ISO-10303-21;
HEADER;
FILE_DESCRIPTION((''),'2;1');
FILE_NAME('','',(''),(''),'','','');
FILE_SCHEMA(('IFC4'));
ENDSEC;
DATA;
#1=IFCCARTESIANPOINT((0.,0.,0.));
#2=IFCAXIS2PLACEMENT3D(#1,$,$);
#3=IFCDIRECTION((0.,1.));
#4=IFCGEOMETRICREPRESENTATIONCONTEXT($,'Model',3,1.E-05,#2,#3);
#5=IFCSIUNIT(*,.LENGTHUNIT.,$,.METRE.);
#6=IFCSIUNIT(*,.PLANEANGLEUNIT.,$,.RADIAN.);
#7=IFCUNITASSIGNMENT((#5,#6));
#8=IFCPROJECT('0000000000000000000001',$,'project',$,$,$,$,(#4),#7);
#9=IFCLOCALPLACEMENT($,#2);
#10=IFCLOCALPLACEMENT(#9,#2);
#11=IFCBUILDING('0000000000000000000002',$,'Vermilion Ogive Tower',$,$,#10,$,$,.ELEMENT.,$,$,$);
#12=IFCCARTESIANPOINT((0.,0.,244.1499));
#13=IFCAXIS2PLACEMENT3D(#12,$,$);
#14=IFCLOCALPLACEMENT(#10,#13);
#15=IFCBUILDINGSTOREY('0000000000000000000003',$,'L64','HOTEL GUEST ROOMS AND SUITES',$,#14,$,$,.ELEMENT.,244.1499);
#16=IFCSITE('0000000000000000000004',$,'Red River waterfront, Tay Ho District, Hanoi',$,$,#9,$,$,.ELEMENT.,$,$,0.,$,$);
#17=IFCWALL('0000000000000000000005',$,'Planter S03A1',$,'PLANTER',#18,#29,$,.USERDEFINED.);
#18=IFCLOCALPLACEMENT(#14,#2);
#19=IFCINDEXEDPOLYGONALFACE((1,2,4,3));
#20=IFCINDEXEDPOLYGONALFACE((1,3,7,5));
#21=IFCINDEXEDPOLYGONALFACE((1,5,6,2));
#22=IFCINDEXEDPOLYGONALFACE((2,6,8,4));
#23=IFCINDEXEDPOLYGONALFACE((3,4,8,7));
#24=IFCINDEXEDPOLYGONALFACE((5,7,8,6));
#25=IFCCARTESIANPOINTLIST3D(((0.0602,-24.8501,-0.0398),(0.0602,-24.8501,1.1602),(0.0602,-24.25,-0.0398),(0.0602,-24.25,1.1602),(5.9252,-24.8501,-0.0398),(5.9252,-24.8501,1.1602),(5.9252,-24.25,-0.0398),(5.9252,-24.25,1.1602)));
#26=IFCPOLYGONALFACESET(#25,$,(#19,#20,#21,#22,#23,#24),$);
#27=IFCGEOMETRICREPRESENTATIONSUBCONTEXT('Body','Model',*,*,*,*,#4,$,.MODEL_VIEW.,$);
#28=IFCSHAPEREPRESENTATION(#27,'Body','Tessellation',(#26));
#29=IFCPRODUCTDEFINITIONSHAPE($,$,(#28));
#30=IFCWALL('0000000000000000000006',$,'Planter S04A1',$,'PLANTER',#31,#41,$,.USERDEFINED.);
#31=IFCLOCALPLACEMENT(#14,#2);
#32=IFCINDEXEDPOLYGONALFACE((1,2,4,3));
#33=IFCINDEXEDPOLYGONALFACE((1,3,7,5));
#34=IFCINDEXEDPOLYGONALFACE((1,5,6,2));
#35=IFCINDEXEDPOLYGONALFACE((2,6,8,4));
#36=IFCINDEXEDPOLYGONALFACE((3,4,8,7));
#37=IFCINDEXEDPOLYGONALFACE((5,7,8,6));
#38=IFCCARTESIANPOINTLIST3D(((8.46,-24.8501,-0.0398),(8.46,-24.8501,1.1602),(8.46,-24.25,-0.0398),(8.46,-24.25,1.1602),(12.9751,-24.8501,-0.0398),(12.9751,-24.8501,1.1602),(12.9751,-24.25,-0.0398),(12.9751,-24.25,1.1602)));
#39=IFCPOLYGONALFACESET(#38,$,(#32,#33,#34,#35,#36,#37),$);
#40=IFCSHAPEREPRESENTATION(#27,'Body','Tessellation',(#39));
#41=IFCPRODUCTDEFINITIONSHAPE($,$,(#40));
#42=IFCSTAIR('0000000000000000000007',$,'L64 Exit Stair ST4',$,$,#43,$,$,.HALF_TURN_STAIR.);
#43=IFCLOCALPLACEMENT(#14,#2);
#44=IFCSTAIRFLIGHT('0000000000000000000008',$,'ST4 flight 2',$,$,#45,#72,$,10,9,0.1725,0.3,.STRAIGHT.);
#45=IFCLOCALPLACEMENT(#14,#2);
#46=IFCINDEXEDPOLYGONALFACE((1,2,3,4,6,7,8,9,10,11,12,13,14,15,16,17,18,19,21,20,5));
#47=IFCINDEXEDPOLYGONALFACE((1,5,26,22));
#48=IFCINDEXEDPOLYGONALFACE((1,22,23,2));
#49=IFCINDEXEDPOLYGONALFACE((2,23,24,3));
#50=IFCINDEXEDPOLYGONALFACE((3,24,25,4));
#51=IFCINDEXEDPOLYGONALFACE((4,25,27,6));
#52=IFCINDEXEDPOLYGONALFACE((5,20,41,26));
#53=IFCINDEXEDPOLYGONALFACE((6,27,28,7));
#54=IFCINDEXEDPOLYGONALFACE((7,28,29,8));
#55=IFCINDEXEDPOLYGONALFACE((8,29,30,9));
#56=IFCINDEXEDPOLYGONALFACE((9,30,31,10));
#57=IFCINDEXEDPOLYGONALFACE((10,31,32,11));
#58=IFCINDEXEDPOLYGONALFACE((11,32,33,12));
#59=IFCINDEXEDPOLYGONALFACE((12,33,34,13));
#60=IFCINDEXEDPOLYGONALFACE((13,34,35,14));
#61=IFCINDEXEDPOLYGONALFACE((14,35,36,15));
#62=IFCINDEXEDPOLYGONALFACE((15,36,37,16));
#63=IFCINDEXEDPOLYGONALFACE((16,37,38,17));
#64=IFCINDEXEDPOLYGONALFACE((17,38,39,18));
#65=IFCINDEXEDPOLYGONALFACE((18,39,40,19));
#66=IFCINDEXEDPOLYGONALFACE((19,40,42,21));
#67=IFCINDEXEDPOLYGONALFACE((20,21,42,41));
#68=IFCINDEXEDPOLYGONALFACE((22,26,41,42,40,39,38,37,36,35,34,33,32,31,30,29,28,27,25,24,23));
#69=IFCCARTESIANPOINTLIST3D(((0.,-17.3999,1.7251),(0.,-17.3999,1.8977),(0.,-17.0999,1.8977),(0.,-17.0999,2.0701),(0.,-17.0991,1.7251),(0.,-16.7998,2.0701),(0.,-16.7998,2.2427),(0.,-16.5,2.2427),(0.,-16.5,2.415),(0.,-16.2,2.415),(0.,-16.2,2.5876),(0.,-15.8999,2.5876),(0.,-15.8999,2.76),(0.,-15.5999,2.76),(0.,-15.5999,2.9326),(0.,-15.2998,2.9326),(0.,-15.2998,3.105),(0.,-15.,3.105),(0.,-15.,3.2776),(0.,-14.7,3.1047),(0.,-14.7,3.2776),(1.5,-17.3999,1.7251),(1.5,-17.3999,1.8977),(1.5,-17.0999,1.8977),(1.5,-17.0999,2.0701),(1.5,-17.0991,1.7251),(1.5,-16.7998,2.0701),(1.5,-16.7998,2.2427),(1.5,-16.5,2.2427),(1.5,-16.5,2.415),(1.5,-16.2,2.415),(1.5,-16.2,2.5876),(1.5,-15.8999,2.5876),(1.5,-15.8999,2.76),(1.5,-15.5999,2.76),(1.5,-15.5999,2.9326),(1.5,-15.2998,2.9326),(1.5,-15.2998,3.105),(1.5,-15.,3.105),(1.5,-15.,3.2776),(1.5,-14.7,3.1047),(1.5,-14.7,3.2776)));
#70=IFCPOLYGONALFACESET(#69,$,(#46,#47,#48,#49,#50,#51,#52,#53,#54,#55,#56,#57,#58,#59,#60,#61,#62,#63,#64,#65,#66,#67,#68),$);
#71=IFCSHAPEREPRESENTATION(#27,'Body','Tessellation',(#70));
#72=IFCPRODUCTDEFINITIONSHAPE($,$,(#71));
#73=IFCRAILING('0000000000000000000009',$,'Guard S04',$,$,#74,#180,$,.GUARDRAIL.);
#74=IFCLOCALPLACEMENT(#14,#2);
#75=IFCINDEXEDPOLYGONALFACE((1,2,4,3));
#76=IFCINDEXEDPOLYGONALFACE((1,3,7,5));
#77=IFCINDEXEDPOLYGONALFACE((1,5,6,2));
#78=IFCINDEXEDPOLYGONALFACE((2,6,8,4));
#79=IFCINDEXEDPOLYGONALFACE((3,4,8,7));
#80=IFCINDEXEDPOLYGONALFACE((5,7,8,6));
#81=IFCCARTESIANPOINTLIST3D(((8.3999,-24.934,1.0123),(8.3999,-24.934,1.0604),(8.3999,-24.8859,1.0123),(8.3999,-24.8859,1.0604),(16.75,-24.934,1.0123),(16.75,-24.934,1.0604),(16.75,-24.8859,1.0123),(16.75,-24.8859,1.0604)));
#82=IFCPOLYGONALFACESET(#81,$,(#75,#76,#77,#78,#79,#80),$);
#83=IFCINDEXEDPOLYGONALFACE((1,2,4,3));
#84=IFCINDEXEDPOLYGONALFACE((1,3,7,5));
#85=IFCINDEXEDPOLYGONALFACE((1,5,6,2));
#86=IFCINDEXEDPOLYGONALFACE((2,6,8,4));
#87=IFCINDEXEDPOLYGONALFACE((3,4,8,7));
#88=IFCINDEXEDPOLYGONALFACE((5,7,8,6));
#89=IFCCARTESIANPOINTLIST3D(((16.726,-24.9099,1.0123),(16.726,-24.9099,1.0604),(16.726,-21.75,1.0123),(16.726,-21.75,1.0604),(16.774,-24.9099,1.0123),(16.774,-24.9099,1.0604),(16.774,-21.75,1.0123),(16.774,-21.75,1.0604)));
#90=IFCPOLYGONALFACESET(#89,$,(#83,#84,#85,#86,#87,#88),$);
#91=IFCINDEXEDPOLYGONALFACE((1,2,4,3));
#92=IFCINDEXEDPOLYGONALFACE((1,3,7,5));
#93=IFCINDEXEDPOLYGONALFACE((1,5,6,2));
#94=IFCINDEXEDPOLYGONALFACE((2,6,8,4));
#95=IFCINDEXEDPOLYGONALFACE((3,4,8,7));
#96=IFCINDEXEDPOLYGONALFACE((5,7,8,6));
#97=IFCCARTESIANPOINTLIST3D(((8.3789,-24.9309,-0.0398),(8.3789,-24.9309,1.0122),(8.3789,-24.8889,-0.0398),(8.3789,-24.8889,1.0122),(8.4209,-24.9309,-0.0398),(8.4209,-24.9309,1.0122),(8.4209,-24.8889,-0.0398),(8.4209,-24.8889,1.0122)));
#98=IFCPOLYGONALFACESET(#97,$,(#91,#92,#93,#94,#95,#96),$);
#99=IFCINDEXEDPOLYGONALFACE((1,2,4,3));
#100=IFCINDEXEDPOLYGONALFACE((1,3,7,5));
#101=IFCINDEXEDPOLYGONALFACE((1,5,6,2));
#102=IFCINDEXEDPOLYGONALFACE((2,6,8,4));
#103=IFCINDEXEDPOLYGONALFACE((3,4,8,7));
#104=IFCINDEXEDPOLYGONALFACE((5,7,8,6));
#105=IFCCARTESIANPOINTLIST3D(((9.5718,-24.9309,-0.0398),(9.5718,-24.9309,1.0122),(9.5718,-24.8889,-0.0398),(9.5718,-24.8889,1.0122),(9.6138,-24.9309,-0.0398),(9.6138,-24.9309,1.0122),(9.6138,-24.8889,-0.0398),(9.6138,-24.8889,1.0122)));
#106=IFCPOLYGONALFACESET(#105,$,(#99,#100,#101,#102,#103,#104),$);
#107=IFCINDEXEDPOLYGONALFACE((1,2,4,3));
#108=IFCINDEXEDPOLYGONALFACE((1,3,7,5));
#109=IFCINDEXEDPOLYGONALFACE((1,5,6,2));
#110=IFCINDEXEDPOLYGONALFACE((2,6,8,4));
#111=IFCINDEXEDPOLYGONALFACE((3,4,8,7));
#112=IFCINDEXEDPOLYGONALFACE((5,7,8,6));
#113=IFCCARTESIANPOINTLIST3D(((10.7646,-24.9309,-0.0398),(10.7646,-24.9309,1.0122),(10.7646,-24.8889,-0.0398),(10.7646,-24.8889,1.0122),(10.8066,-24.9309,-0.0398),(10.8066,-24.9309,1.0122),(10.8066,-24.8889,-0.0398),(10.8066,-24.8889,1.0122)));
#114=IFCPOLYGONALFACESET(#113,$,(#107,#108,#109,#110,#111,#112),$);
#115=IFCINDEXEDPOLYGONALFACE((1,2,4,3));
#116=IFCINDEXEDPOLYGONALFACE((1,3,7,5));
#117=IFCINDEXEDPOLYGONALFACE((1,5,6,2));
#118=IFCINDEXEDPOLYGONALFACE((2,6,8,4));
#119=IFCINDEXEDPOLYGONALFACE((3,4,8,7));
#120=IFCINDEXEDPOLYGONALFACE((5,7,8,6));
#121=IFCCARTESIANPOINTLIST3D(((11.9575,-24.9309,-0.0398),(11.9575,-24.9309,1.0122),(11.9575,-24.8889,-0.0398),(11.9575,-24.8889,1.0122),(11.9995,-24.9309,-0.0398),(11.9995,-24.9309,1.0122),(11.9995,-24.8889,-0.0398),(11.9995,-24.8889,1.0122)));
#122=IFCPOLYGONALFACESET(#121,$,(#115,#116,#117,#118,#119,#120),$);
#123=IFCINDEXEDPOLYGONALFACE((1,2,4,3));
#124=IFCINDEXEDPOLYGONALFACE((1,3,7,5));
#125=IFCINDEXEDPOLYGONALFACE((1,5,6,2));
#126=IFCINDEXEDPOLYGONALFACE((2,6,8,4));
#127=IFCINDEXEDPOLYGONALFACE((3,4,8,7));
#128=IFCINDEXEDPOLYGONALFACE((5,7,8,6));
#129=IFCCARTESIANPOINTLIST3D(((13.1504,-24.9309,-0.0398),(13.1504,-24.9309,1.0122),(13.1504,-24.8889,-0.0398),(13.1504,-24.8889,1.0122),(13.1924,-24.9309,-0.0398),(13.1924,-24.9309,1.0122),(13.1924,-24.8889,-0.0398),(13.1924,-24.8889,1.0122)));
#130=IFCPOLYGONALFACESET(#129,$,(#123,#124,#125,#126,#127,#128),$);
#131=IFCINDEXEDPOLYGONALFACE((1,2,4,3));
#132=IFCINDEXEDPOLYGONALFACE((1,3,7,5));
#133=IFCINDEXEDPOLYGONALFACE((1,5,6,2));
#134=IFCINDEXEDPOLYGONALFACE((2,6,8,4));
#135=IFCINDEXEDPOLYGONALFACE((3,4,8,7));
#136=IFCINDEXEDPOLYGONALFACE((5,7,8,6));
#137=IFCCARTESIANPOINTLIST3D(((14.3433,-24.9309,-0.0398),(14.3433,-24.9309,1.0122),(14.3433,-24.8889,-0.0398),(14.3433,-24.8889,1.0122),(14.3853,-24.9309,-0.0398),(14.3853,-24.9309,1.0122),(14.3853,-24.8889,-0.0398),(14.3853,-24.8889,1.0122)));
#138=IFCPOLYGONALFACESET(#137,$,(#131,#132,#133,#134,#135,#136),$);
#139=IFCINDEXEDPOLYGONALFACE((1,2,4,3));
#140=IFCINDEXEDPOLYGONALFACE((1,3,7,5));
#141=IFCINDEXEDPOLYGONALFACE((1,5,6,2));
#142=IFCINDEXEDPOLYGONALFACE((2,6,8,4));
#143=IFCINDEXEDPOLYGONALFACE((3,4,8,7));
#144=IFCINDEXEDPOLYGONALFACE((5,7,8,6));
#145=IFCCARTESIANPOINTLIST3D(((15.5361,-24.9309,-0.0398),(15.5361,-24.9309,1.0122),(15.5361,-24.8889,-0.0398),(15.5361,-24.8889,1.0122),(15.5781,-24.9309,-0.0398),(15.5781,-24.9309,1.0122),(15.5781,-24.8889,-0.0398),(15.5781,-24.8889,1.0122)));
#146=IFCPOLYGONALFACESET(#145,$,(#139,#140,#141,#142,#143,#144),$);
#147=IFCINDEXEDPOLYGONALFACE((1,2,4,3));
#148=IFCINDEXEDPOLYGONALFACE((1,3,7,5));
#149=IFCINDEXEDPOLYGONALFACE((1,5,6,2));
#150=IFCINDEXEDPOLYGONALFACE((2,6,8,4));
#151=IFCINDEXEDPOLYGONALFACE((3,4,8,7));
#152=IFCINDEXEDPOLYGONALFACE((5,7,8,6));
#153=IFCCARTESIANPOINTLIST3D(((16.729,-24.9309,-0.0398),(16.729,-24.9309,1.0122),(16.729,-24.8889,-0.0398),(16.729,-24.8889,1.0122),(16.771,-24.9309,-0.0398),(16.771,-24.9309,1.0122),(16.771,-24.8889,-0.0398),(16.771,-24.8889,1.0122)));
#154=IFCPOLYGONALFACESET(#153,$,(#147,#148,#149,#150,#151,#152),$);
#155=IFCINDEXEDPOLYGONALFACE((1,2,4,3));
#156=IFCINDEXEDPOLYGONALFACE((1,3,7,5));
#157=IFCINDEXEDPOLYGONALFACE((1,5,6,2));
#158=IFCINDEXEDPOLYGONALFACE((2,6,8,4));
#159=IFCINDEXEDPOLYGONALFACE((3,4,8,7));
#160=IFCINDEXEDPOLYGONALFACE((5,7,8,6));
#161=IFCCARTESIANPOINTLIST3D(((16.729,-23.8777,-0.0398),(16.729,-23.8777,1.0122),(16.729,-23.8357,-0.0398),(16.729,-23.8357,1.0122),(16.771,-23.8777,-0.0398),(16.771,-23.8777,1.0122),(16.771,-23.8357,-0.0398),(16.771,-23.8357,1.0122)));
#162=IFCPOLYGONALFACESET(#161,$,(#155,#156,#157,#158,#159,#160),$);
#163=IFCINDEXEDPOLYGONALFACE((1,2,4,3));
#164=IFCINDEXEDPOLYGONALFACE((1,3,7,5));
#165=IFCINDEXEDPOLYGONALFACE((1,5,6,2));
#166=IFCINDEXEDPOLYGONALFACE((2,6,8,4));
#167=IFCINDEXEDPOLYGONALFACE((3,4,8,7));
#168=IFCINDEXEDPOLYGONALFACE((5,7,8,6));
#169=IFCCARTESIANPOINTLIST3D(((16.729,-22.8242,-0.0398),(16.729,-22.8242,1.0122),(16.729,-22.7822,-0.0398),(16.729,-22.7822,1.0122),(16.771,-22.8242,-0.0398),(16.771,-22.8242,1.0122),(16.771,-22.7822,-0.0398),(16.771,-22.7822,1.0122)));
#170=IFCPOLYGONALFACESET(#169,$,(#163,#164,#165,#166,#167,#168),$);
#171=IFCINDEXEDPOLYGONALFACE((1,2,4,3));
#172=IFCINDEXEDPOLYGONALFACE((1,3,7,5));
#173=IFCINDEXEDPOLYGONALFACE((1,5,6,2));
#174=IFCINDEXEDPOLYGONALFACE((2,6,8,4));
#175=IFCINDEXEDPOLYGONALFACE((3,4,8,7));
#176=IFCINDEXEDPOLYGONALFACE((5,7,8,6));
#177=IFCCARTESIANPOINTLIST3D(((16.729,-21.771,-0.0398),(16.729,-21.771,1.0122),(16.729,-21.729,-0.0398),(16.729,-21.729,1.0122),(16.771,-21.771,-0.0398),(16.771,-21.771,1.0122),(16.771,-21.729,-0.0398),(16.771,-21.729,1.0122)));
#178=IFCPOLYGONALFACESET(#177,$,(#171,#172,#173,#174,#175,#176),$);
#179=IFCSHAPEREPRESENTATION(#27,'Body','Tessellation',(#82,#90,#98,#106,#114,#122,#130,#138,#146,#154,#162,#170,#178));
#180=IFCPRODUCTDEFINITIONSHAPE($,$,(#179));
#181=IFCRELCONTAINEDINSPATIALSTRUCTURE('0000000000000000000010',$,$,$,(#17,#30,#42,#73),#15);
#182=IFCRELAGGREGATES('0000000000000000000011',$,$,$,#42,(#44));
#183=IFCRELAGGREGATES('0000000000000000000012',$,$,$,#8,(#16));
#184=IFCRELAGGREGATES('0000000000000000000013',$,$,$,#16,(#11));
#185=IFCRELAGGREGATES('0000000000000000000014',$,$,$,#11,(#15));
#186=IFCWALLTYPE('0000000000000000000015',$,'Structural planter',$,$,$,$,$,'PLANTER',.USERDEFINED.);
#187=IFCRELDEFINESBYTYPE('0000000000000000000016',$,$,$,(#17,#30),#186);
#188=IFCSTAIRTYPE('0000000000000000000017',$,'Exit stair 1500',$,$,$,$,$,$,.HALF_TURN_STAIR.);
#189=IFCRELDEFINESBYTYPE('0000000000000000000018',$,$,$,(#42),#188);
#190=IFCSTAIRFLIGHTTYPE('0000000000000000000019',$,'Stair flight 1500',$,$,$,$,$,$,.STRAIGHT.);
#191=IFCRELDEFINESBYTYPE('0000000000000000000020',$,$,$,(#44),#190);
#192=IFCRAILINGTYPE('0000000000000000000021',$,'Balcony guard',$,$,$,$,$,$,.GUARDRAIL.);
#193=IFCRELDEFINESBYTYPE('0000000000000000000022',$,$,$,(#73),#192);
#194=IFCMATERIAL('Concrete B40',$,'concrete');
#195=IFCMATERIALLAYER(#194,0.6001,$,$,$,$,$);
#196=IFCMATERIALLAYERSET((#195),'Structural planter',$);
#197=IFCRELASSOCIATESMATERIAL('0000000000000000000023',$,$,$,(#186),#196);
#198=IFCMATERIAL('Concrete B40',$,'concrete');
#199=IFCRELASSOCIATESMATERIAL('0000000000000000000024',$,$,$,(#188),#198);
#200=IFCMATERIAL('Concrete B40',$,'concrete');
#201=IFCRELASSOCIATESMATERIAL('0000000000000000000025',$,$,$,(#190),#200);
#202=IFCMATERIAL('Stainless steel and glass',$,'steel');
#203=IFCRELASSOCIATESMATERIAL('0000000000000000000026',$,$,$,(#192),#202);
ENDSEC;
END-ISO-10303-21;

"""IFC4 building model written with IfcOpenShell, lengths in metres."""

from ifc_helpers import new_model, si_unit, direction, frame, frame_2d, origin, origin_2d, place, context, subcontext, project, spatial, polyline, rectangle, outline, extrude, material, layer, layer_set, type_object, element, aggregate, save


model = new_model("IFC4")

# Units and contexts
model_context = context("Model", 3, precision=1e-05, world=origin(), true_north=direction((0.0, 1.0)))
body_context = subcontext(model_context, "Body", "Model", "MODEL_VIEW")
ifc_project = project(units=[si_unit("LENGTHUNIT", "METRE"), si_unit("PLANEANGLEUNIT", "RADIAN")], contexts=[model_context])

# Site, building, storey
site_placement = place(None, origin())
site = spatial("IfcSite", under=ifc_project, at=site_placement, Name="Red River waterfront, Tay Ho District, Hanoi", CompositionType="ELEMENT", RefElevation=0.0)
building_placement = place(site_placement, origin())
building = spatial("IfcBuilding", under=site, at=building_placement, Name="Vermilion Ogive Tower", CompositionType="ELEMENT")
storey_placement = place(building_placement, frame((0.0, 0.0, 244.1499)))
storey = spatial("IfcBuildingStorey", under=building, at=storey_placement, Name="L64", Description="HOTEL GUEST ROOMS AND SUITES", CompositionType="ELEMENT", Elevation=244.1499)

# Walls
ifc_material_1 = material(Name="Concrete B40", Category="concrete")
ifc_layer_1 = layer(ifc_material_1, 0.6001)
ifc_layer_set_1 = layer_set([ifc_layer_1], Name="Structural planter")
wall_type_1 = type_object("IfcWallType", Name="Structural planter", ElementType="PLANTER", PredefinedType="USERDEFINED", material=ifc_layer_set_1)
wall_1_placement = place(storey_placement, frame((0.0601, -24.55, -0.0398), z_axis=(0.0, 0.0, 1.0), x_axis=(1.0, 0.0, 0.0)))
element("IfcWall", 1, at=wall_1_placement, inside=storey, type_object=wall_type_1, Name="Planter S03A1", ObjectType="PLANTER", PredefinedType="USERDEFINED", context=body_context, shape_type="SweptSolid", body=[
    extrude(rectangle(XDim=5.865, YDim=0.6001, at=frame_2d((2.9326, 0.0))), origin(), (0.0, 0.0, 1.0), 1.2),
])
wall_2_placement = place(storey_placement, frame((8.46, -24.55, -0.0398), z_axis=(0.0, 0.0, 1.0), x_axis=(1.0, 0.0, 0.0)))
element("IfcWall", 2, at=wall_2_placement, inside=storey, type_object=wall_type_1, Name="Planter S04A1", ObjectType="PLANTER", PredefinedType="USERDEFINED", context=body_context, shape_type="SweptSolid", body=[
    extrude(rectangle(XDim=4.5151, YDim=0.6001, at=frame_2d((2.2576, 0.0))), origin(), (0.0, 0.0, 1.0), 1.2),
])

# Stair, stair flight
ifc_material_2 = material(Name="Concrete B40", Category="concrete")
stair_type = type_object("IfcStairType", Name="Exit stair 1500", PredefinedType="HALF_TURN_STAIR", material=ifc_material_2)
stair_placement = place(storey_placement, origin())
stair = element("IfcStair", 3, at=stair_placement, inside=storey, type_object=stair_type, Name="L64 Exit Stair ST4", PredefinedType="HALF_TURN_STAIR")
ifc_material_3 = material(Name="Concrete B40", Category="concrete")
stair_flight_type = type_object("IfcStairFlightType", Name="Stair flight 1500", PredefinedType="STRAIGHT", material=ifc_material_3)
stair_flight_placement = place(storey_placement, frame((0.75, -17.3999, 1.7251), z_axis=(0.0, 0.0, 1.0), x_axis=(0.0, 1.0, 0.0)))
stair_flight = element("IfcStairFlight", 4, at=stair_flight_placement, type_object=stair_flight_type, Name="ST4 flight 2", NumberOfRisers=10, NumberOfTreads=9, PredefinedType="STRAIGHT", RiserHeight=0.1725, TreadLength=0.3, context=body_context, shape_type="SweptSolid", body=[
    extrude(outline(polyline([(0.0, 0.0), (0.0, 0.1726), (0.3, 0.1726), (0.3, 0.345), (0.6001, 0.345), (0.6001, 0.5176), (0.8999, 0.5176), (0.8999, 0.6899), (1.2, 0.6899), (1.2, 0.8625), (1.5, 0.8625), (1.5, 1.0349), (1.8, 1.0349), (1.8, 1.2075), (2.1001, 1.2075), (2.1001, 1.3799), (2.3999, 1.3799), (2.3999, 1.5525), (2.7, 1.5525), (2.7, 1.7251), (2.7, 1.3796), (0.3008, 0.0), (0.0, 0.0)])), frame((0.0, 0.75, 0.0), z_axis=(0.0, -1.0, 0.0), x_axis=(1.0, 0.0, 0.0)), (0.0, 0.0, 1.0), 1.5),
])
aggregate(stair, [stair_flight])

# Railing
ifc_material_4 = material(Name="Stainless steel and glass", Category="steel")
railing_type_1 = type_object("IfcRailingType", Name="Balcony guard", PredefinedType="GUARDRAIL", material=ifc_material_4)
railing_1_placement = place(storey_placement, frame((8.3999, -24.9099, -0.0398)))
element("IfcRailing", 5, at=railing_1_placement, inside=storey, type_object=railing_type_1, Name="Guard S04", PredefinedType="GUARDRAIL", context=body_context, shape_type="SweptSolid", body=[
    extrude(rectangle(XDim=0.0481, YDim=0.0481, at=origin_2d()), frame((0.0, 0.0, 1.0762), z_axis=(1.0, 0.0, 0.0), x_axis=(0.0, 1.0, 0.0)), (0.0, 0.0, 1.0), 8.3501),
    extrude(rectangle(XDim=0.0481, YDim=0.0481, at=origin_2d()), frame((8.3501, 0.0, 1.0762), z_axis=(0.0, 1.0, 0.0), x_axis=(-1.0, 0.0, 0.0)), (0.0, 0.0, 1.0), 3.1599),
    extrude(rectangle(XDim=0.042, YDim=0.042, at=origin_2d()), origin(), (0.0, 0.0, 1.0), 1.052),
    extrude(rectangle(XDim=0.042, YDim=0.042, at=origin_2d()), frame((1.1929, 0.0, 0.0)), (0.0, 0.0, 1.0), 1.052),
    extrude(rectangle(XDim=0.042, YDim=0.042, at=origin_2d()), frame((2.3857, 0.0, 0.0)), (0.0, 0.0, 1.0), 1.052),
    extrude(rectangle(XDim=0.042, YDim=0.042, at=origin_2d()), frame((3.5786, 0.0, 0.0)), (0.0, 0.0, 1.0), 1.052),
    extrude(rectangle(XDim=0.042, YDim=0.042, at=origin_2d()), frame((4.7715, 0.0, 0.0)), (0.0, 0.0, 1.0), 1.052),
    extrude(rectangle(XDim=0.042, YDim=0.042, at=origin_2d()), frame((5.9644, 0.0, 0.0)), (0.0, 0.0, 1.0), 1.052),
    extrude(rectangle(XDim=0.042, YDim=0.042, at=origin_2d()), frame((7.1572, 0.0, 0.0)), (0.0, 0.0, 1.0), 1.052),
    extrude(rectangle(XDim=0.042, YDim=0.042, at=origin_2d()), frame((8.3501, 0.0, 0.0)), (0.0, 0.0, 1.0), 1.052),
    extrude(rectangle(XDim=0.042, YDim=0.042, at=origin_2d()), frame((8.3501, 1.0532, 0.0)), (0.0, 0.0, 1.0), 1.052),
    extrude(rectangle(XDim=0.042, YDim=0.042, at=origin_2d()), frame((8.3501, 2.1067, 0.0)), (0.0, 0.0, 1.0), 1.052),
    extrude(rectangle(XDim=0.042, YDim=0.042, at=origin_2d()), frame((8.3501, 3.1599, 0.0)), (0.0, 0.0, 1.0), 1.052),
])

save(model, "model.ifc")
